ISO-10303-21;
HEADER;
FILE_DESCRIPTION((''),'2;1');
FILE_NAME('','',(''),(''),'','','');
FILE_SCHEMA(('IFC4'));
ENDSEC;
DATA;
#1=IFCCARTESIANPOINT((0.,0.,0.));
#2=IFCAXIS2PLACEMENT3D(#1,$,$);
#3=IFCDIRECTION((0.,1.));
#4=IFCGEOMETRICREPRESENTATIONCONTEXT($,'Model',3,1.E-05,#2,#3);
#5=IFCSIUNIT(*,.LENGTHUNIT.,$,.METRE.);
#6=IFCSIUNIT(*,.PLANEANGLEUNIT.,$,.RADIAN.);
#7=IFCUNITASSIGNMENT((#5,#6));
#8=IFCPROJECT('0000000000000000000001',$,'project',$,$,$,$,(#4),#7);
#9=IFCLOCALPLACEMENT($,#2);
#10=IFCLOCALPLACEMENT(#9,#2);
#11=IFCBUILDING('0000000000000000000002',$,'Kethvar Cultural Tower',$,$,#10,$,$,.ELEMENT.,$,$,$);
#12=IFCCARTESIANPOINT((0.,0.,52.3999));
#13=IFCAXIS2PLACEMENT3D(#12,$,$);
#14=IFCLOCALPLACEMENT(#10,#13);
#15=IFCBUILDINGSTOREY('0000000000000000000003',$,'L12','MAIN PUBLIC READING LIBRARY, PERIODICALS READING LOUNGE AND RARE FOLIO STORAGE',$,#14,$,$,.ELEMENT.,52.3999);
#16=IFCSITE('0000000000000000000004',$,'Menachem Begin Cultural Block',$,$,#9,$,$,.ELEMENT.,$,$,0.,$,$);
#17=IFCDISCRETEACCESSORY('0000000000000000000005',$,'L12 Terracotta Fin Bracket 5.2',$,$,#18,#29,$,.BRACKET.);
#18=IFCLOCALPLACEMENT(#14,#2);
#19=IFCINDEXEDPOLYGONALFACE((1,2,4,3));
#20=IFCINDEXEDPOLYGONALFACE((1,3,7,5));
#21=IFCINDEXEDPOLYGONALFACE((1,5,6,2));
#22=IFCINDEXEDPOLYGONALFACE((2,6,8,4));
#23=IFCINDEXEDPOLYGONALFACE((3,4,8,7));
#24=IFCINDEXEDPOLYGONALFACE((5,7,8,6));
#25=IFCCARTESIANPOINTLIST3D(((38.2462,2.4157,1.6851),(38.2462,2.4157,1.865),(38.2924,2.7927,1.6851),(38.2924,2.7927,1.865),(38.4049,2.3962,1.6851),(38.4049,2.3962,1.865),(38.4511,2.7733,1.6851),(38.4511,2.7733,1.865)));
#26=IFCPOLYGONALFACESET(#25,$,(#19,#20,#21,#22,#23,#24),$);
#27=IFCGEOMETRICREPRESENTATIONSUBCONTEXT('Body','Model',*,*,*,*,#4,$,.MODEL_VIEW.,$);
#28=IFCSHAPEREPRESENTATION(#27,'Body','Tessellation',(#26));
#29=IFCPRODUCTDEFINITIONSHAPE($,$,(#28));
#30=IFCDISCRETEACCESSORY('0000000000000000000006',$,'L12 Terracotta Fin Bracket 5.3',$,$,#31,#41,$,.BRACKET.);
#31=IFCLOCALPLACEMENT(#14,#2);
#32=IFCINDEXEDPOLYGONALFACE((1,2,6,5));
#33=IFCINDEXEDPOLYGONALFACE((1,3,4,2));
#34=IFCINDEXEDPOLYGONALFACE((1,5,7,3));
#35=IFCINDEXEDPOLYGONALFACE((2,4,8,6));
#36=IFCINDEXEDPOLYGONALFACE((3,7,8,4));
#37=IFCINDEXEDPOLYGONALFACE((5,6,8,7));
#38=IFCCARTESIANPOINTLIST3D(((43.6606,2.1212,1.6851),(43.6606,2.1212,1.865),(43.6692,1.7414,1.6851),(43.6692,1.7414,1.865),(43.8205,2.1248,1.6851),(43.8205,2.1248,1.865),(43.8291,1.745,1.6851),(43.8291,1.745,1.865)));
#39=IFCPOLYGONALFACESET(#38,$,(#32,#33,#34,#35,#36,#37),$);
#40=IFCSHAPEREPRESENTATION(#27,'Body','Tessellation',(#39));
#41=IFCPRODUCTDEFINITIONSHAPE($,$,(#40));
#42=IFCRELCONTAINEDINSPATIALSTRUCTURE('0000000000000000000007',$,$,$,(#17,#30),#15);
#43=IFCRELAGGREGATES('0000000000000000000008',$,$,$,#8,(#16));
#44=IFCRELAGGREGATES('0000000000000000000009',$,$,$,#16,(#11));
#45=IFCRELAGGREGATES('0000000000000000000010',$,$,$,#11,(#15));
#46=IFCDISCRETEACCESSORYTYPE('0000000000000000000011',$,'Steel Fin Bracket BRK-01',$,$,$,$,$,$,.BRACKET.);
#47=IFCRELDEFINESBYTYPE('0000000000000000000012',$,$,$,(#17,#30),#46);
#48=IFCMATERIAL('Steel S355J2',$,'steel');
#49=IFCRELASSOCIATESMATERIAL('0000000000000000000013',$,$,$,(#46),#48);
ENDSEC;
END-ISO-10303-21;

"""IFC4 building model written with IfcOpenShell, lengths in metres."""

from ifc_helpers import new_model, si_unit, direction, frame, origin, origin_2d, place, context, subcontext, project, spatial, rectangle, extrude, source, transform, mapped, material, type_object, element, save


model = new_model("IFC4")

# Units and contexts
model_context = context("Model", 3, precision=1e-05, world=origin(), true_north=direction((0.0, 1.0)))
body_context = subcontext(model_context, "Body", "Model", "MODEL_VIEW")
ifc_project = project(units=[si_unit("LENGTHUNIT", "METRE"), si_unit("PLANEANGLEUNIT", "RADIAN")], contexts=[model_context])

# Site, building, storey
site_placement = place(None, origin())
site = spatial("IfcSite", under=ifc_project, at=site_placement, Name="Menachem Begin Cultural Block", CompositionType="ELEMENT", RefElevation=0.0)
building_placement = place(site_placement, origin())
building = spatial("IfcBuilding", under=site, at=building_placement, Name="Kethvar Cultural Tower", CompositionType="ELEMENT")
storey_placement = place(building_placement, frame((0.0, 0.0, 52.3999)))
storey = spatial("IfcBuildingStorey", under=building, at=storey_placement, Name="L12", Description="MAIN PUBLIC READING LIBRARY, PERIODICALS READING LOUNGE AND RARE FOLIO STORAGE", CompositionType="ELEMENT", Elevation=52.3999)

# Shared definitions
ifc_material_1 = material(Name="Steel S355J2", Category="steel")

# Discrete accessories
discrete_accessory_type = type_object("IfcDiscreteAccessoryType", Name="Steel Fin Bracket BRK-01", PredefinedType="BRACKET", material=ifc_material_1)
shared_shape_1 = source(origin(), body_context, "Body", "SweptSolid", [
    extrude(rectangle(XDim=0.3799, YDim=0.1599, at=origin_2d()), origin(), (0.0, 0.0, 1.0), 0.1799),
])
for number, where, z_axis, x_axis, name in (
    (1, (38.3486, 2.5945, 1.6851), (0.0, 0.0, 1.0), (-0.121696, -0.992567, 0.0), "L12 Terracotta Fin Bracket 5.2"),
    (2, (43.7449, 1.9331, 1.6851), (0.0, 0.0, 1.0), (0.022687, -0.999743, 0.0), "L12 Terracotta Fin Bracket 5.3"),
):
    element("IfcDiscreteAccessory", number, at=place(storey_placement, frame(where, z_axis=z_axis, x_axis=x_axis)), inside=storey, type_object=discrete_accessory_type, Name=name, PredefinedType="BRACKET", context=body_context, shape_type="MappedRepresentation", body=[
        mapped(shared_shape_1, transform((0.0, 0.0, 0.0), scale=1.0)),
    ])

save(model, "model.ifc")
